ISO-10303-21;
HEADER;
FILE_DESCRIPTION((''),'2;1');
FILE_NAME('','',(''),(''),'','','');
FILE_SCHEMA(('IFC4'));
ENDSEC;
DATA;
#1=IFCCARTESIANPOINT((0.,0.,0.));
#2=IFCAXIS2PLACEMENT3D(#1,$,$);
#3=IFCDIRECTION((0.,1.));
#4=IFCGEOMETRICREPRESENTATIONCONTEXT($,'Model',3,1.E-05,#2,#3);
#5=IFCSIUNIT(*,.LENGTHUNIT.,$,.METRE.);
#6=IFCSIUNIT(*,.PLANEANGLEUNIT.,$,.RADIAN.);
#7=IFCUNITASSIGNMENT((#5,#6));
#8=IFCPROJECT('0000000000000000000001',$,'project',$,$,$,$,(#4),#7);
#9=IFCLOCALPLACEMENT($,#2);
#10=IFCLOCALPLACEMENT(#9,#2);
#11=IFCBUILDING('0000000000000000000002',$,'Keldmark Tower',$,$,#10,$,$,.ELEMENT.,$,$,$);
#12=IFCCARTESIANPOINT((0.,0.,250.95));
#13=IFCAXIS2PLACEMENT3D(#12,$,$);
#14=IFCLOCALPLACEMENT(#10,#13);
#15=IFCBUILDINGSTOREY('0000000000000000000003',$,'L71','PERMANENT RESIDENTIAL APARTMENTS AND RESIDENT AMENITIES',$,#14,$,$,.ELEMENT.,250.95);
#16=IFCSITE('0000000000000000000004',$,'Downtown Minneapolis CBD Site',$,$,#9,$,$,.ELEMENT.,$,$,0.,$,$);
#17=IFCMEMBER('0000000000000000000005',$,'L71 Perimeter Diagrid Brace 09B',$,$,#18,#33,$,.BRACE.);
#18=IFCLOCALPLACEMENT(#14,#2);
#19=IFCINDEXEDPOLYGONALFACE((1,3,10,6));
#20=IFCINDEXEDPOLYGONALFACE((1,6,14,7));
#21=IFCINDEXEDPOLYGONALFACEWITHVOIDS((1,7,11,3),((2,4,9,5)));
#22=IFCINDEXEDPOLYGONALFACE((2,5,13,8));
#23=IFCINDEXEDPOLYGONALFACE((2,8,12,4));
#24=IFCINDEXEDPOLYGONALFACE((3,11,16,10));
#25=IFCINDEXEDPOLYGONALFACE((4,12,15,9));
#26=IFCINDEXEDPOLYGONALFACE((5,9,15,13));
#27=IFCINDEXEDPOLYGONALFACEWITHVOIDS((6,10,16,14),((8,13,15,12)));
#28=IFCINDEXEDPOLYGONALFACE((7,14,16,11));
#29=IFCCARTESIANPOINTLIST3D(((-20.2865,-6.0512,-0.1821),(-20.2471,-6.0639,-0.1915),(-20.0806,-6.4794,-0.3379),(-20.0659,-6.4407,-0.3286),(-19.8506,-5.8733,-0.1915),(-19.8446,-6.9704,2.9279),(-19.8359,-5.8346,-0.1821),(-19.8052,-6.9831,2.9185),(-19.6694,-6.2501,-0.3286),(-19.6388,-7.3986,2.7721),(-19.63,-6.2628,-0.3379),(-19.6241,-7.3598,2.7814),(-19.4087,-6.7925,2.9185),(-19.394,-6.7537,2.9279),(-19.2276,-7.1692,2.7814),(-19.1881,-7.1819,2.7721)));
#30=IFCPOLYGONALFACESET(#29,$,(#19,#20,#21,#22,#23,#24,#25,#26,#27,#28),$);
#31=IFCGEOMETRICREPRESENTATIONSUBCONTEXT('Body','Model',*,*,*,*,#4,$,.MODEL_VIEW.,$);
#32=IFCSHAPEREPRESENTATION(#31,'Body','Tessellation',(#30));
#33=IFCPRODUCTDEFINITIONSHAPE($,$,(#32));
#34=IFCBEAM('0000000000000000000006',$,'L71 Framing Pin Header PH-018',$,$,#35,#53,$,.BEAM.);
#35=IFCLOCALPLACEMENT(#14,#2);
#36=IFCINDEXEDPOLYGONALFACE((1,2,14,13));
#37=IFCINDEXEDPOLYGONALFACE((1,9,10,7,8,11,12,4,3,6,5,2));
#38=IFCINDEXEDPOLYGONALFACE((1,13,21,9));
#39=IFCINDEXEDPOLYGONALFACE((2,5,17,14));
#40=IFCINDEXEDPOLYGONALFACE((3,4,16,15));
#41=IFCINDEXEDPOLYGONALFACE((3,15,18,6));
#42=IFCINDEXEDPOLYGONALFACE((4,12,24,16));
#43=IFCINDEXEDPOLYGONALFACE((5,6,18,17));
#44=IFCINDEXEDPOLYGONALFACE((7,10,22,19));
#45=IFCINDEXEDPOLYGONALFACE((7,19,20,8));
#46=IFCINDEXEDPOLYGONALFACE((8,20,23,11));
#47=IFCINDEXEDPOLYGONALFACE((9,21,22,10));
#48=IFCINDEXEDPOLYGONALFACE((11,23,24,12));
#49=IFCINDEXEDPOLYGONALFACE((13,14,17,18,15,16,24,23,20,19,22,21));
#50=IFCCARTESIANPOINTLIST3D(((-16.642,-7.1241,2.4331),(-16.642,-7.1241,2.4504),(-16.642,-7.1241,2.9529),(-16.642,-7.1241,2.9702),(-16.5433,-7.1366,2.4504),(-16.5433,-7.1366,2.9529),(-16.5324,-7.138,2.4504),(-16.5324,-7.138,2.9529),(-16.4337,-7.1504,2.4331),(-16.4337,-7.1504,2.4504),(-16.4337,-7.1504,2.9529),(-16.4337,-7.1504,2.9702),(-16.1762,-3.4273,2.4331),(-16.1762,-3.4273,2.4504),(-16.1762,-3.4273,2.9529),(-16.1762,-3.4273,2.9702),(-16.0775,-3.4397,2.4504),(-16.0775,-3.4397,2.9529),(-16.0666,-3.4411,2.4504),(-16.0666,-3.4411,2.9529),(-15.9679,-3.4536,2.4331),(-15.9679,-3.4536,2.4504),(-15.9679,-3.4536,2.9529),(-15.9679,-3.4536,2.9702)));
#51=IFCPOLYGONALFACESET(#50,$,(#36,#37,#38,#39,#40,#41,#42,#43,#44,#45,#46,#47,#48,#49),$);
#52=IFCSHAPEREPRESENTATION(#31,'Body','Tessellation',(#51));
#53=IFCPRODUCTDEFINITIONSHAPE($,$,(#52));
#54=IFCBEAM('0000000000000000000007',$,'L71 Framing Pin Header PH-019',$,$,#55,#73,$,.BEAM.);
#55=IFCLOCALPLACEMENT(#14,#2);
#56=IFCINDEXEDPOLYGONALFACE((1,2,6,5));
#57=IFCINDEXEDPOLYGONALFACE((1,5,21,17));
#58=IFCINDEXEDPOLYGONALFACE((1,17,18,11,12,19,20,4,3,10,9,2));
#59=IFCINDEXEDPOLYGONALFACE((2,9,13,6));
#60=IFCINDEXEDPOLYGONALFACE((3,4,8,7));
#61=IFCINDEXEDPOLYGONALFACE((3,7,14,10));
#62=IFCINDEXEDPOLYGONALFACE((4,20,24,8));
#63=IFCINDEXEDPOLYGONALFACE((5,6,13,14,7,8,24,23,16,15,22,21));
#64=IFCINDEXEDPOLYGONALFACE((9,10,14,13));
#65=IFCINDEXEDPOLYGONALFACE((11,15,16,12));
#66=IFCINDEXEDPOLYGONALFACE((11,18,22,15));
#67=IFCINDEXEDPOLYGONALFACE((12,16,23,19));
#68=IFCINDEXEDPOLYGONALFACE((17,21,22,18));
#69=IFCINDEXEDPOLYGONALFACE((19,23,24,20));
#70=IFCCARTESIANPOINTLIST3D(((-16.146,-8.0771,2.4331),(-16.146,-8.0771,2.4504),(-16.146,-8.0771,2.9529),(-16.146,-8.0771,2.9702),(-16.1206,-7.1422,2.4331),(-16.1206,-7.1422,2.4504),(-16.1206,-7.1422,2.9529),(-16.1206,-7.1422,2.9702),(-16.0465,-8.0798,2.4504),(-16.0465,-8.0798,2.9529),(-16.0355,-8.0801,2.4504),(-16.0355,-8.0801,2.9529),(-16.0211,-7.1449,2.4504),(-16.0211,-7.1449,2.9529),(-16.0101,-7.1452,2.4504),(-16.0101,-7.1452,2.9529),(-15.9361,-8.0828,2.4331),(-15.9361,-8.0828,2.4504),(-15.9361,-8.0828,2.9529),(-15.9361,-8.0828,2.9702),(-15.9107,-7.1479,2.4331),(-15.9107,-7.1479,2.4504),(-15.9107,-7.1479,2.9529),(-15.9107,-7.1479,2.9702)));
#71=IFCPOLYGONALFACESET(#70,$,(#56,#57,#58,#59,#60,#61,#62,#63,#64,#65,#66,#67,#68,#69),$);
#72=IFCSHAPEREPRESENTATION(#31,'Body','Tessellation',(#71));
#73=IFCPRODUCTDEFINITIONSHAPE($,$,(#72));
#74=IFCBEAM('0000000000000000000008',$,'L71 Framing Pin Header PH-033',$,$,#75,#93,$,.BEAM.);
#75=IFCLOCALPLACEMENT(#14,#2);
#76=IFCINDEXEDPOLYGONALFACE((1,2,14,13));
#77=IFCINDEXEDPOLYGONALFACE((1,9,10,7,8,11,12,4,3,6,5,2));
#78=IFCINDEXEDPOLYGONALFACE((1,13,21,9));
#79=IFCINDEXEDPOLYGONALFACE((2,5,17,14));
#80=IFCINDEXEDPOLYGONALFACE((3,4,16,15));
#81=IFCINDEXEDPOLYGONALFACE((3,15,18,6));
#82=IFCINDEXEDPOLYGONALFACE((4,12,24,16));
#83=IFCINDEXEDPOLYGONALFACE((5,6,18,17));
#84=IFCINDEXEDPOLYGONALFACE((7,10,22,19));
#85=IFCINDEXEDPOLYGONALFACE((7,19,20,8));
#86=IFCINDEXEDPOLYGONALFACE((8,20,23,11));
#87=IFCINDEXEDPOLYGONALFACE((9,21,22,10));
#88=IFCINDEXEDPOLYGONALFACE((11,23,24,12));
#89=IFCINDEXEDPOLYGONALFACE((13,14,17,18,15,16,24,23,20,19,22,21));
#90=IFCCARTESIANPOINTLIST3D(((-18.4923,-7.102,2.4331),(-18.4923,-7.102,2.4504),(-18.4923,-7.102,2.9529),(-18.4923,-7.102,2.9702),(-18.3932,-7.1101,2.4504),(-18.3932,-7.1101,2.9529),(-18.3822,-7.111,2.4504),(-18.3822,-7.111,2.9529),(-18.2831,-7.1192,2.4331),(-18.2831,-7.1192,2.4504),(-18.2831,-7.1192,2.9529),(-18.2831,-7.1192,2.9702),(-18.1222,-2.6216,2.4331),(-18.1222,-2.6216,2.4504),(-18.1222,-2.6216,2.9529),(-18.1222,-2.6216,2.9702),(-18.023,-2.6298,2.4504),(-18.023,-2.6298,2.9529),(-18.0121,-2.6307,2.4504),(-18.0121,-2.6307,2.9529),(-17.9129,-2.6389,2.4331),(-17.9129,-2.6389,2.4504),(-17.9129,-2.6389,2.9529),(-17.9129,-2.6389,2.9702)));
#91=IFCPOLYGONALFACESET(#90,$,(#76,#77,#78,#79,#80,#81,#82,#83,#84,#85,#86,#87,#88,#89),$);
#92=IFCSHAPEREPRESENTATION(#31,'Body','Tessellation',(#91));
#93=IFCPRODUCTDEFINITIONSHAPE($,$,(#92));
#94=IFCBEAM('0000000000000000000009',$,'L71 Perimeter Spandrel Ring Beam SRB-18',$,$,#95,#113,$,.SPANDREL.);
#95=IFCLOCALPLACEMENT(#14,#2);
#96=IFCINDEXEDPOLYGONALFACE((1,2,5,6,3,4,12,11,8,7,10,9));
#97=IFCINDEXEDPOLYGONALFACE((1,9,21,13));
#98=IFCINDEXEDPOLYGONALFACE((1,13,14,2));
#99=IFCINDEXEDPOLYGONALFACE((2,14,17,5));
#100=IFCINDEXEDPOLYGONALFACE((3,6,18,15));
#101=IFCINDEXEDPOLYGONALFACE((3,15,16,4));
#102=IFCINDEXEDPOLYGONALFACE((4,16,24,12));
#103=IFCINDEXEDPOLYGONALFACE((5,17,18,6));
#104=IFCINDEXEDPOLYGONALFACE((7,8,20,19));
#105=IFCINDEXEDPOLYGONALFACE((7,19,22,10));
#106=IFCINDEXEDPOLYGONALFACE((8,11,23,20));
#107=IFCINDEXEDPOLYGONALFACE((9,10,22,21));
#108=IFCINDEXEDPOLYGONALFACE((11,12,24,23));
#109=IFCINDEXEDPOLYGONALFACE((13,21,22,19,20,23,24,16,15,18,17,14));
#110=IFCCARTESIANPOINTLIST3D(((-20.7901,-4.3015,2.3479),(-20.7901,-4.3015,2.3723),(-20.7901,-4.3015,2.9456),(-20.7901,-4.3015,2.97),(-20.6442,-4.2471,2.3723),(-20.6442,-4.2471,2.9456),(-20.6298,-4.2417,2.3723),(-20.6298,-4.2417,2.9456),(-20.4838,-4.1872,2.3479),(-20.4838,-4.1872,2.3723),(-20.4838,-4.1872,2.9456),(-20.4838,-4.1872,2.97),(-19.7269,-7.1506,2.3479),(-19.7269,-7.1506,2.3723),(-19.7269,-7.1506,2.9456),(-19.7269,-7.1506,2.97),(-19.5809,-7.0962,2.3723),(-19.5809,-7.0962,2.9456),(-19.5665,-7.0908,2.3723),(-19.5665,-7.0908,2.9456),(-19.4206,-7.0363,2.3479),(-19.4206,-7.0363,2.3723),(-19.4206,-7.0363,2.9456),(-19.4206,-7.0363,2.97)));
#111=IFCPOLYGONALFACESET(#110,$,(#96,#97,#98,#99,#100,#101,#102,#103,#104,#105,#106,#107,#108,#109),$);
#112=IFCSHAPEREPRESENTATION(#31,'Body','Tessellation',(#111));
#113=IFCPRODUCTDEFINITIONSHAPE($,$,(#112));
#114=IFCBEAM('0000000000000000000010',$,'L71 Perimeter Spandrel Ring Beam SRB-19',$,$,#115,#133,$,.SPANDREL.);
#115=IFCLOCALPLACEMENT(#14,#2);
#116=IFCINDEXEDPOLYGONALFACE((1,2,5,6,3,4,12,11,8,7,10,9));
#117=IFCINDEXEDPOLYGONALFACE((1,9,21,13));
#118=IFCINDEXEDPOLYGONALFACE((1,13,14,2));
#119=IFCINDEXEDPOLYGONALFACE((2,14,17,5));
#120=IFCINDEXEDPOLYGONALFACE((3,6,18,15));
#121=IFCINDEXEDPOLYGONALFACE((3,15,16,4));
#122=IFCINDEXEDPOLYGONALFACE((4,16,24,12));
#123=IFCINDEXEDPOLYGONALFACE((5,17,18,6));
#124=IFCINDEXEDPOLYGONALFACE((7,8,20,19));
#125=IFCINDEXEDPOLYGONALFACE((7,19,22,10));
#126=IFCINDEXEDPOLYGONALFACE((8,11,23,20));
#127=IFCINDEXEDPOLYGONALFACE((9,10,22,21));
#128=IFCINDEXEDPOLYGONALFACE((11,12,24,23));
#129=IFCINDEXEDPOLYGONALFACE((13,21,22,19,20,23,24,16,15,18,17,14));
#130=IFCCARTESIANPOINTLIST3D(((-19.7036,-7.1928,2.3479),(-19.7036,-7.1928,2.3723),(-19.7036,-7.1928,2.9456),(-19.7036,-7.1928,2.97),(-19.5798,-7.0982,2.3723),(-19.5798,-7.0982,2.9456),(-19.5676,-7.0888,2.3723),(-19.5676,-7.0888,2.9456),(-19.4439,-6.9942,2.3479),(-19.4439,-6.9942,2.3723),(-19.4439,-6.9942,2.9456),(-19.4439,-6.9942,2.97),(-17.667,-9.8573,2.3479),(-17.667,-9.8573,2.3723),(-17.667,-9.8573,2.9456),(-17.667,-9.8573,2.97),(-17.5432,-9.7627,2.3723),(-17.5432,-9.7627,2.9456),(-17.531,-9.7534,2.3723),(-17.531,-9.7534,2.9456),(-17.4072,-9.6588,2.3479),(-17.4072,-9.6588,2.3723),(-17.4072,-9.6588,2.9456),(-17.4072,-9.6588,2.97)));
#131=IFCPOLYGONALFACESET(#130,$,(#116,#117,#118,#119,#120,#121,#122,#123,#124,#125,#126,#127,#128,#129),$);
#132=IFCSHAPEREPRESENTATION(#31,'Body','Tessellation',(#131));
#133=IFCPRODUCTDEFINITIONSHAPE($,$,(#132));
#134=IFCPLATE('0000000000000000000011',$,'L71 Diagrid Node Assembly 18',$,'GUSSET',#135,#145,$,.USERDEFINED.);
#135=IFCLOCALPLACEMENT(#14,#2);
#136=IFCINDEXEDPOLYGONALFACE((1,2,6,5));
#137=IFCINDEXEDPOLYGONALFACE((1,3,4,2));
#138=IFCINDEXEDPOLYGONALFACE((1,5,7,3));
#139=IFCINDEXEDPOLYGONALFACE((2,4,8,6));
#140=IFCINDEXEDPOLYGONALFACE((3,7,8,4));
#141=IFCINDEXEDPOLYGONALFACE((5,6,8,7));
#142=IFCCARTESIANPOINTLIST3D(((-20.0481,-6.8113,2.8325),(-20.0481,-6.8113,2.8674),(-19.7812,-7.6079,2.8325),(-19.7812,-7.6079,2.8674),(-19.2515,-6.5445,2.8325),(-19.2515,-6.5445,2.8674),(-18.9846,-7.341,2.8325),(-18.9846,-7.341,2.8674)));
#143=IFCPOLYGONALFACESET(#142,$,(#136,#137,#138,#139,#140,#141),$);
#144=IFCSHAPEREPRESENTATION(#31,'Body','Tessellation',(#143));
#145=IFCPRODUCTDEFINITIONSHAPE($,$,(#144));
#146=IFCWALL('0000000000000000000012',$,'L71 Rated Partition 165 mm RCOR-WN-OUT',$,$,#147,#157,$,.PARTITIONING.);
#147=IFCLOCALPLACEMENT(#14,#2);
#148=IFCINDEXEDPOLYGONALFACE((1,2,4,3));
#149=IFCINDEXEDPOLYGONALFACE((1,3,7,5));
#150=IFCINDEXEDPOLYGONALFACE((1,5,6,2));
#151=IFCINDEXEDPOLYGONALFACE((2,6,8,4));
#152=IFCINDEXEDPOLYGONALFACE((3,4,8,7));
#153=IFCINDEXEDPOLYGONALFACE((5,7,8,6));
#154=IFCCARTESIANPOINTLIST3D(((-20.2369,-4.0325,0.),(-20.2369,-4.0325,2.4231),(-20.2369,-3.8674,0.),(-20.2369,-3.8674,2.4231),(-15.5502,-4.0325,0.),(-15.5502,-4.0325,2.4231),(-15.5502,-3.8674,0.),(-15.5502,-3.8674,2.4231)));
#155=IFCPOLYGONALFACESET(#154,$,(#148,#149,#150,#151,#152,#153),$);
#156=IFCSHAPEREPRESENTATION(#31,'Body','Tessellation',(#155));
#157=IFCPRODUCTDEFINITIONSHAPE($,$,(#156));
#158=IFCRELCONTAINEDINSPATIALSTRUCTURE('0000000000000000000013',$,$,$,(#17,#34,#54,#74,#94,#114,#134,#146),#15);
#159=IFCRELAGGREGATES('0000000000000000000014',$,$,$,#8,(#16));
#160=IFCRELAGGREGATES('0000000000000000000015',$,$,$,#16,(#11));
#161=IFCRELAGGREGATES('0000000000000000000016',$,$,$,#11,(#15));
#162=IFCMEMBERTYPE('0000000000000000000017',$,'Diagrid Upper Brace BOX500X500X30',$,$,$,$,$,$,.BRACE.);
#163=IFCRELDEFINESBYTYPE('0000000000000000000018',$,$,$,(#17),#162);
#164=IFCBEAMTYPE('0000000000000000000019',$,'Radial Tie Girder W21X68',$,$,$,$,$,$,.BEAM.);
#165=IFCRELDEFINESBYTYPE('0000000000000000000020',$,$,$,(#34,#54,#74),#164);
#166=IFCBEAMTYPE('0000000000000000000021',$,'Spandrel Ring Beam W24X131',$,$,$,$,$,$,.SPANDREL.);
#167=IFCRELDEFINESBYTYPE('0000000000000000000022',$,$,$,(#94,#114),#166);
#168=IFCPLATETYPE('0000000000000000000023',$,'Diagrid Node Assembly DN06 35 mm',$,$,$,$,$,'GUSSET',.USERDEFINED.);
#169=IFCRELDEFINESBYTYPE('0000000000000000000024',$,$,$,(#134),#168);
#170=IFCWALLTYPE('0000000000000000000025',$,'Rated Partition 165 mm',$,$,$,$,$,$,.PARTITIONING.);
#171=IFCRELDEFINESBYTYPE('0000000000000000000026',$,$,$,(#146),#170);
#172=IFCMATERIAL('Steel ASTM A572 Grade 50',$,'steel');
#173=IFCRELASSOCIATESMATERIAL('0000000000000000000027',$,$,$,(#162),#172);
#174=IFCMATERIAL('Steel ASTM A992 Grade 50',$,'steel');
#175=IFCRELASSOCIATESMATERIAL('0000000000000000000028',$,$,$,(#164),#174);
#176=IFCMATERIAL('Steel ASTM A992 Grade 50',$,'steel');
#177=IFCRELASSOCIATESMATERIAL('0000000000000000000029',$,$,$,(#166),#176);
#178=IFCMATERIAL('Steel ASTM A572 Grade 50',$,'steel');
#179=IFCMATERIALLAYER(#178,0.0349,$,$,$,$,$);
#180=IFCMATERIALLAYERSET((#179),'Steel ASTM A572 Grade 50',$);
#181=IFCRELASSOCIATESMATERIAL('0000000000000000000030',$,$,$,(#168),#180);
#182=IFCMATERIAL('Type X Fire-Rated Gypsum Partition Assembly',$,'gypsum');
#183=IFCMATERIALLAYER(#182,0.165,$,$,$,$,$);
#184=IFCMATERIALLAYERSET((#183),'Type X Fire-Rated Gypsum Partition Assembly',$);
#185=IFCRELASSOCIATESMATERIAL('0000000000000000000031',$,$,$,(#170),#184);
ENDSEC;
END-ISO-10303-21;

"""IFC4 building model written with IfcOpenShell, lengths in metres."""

from ifc_helpers import new_model, si_unit, direction, frame, frame_2d, origin, origin_2d, place, context, subcontext, project, spatial, rectangle, hollow_rectangle, i_section, extrude, material, layer, layer_set, material_profile, profile_set, type_object, element, save


model = new_model("IFC4")

# Units and contexts
model_context = context("Model", 3, precision=1e-05, world=origin(), true_north=direction((0.0, 1.0)))
body_context = subcontext(model_context, "Body", "Model", "MODEL_VIEW")
ifc_project = project(units=[si_unit("LENGTHUNIT", "METRE"), si_unit("PLANEANGLEUNIT", "RADIAN")], contexts=[model_context])

# Site, building, storey
site_placement = place(None, origin())
site = spatial("IfcSite", under=ifc_project, at=site_placement, Name="Downtown Minneapolis CBD Site", CompositionType="ELEMENT", RefElevation=0.0)
building_placement = place(site_placement, origin())
building = spatial("IfcBuilding", under=site, at=building_placement, Name="Keldmark Tower", CompositionType="ELEMENT")
storey_placement = place(building_placement, frame((0.0, 0.0, 250.95)))
storey = spatial("IfcBuildingStorey", under=building, at=storey_placement, Name="L71", Description="PERMANENT RESIDENTIAL APARTMENTS AND RESIDENT AMENITIES", CompositionType="ELEMENT", Elevation=250.95)

# Member
ifc_material_1 = material(Name="Steel ASTM A572 Grade 50", Category="steel")
ifc_material_profile_1 = material_profile(ifc_material_1, hollow_rectangle(XDim=0.5, YDim=0.5, WallThickness=0.03, at=origin_2d()), Name="BOX500X500X30")
ifc_profile_set_1 = profile_set([ifc_material_profile_1], Name="Steel ASTM A572 Grade 50")
member_type = type_object("IfcMemberType", Name="Diagrid Upper Brace BOX500X500X30", PredefinedType="BRACE", material=ifc_profile_set_1)
member_placement = place(storey_placement, frame((-19.9583, -6.157, -0.26), z_axis=(0.135009, -0.280835, 0.950213), x_axis=(0.901261, 0.433276, 0.0)))
element("IfcMember", 1, at=member_placement, inside=storey, type_object=member_type, Name="L71 Perimeter Diagrid Brace 09B", PredefinedType="BRACE", context=body_context, shape_type="SweptSolid", body=[
    extrude(hollow_rectangle(XDim=0.5, YDim=0.5, WallThickness=0.03, at=origin_2d()), origin(), (0.0, 0.0, 1.0), 3.2729),
])

# Beams
ifc_material_2 = material(Name="Steel ASTM A992 Grade 50", Category="steel")
ifc_material_profile_2 = material_profile(ifc_material_2, i_section(OverallWidth=0.21, OverallDepth=0.5371, WebThickness=0.011, FlangeThickness=0.0173, at=origin_2d()), Name="W21X68")
ifc_profile_set_2 = profile_set([ifc_material_profile_2], Name="Steel ASTM A992 Grade 50")
beam_type_1 = type_object("IfcBeamType", Name="Radial Tie Girder W21X68", PredefinedType="BEAM", material=ifc_profile_set_2)
beam_1_placement = place(storey_placement, frame((-16.072, -3.4404, 2.7017), z_axis=(-0.125019, -0.992154, 0.0), x_axis=(0.992154, -0.125019, 0.0)))
element("IfcBeam", 2, at=beam_1_placement, inside=storey, type_object=beam_type_1, Name="L71 Framing Pin Header PH-018", PredefinedType="BEAM", context=body_context, shape_type="SweptSolid", body=[
    extrude(i_section(OverallWidth=0.21, OverallDepth=0.5371, WebThickness=0.011, FlangeThickness=0.0173, at=origin_2d()), origin(), (0.0, 0.0, 1.0), 3.7261),
])
beam_2_placement = place(storey_placement, frame((-16.0156, -7.145, 2.7017), z_axis=(-0.027144, -0.999632, 0.0), x_axis=(0.999632, -0.027144, 0.0)))
element("IfcBeam", 3, at=beam_2_placement, inside=storey, type_object=beam_type_1, Name="L71 Framing Pin Header PH-019", PredefinedType="BEAM", context=body_context, shape_type="SweptSolid", body=[
    extrude(i_section(OverallWidth=0.21, OverallDepth=0.5371, WebThickness=0.011, FlangeThickness=0.0173, at=origin_2d()), origin(), (0.0, 0.0, 1.0), 0.9353),
])
beam_3_placement = place(storey_placement, frame((-18.3877, -7.1106, 2.7017), z_axis=(0.082331, 0.996605, 0.0), x_axis=(-0.996605, 0.082331, 0.0)))
element("IfcBeam", 4, at=beam_3_placement, inside=storey, type_object=beam_type_1, Name="L71 Framing Pin Header PH-033", PredefinedType="BEAM", context=body_context, shape_type="SweptSolid", body=[
    extrude(i_section(OverallWidth=0.21, OverallDepth=0.5371, WebThickness=0.011, FlangeThickness=0.0173, at=origin_2d()), origin(), (0.0, 0.0, 1.0), 4.4956),
])
ifc_material_3 = material(Name="Steel ASTM A992 Grade 50", Category="steel")
ifc_material_profile_3 = material_profile(ifc_material_3, i_section(OverallWidth=0.3269, OverallDepth=0.6221, WebThickness=0.0154, FlangeThickness=0.0244, at=origin_2d()), Name="W24X131")
ifc_profile_set_3 = profile_set([ifc_material_profile_3], Name="Steel ASTM A992 Grade 50")
beam_type_2 = type_object("IfcBeamType", Name="Spandrel Ring Beam W24X131", PredefinedType="SPANDREL", material=ifc_profile_set_3)
beam_4_placement = place(storey_placement, frame((-20.637, -4.2444, 2.6589), z_axis=(0.349627, -0.936889, 0.0), x_axis=(0.936889, 0.349627, 0.0)))
element("IfcBeam", 5, at=beam_4_placement, inside=storey, type_object=beam_type_2, Name="L71 Perimeter Spandrel Ring Beam SRB-18", PredefinedType="SPANDREL", context=body_context, shape_type="SweptSolid", body=[
    extrude(i_section(OverallWidth=0.3269, OverallDepth=0.6221, WebThickness=0.0154, FlangeThickness=0.0244, at=origin_2d()), origin(), (0.0, 0.0, 1.0), 3.041),
])
beam_5_placement = place(storey_placement, frame((-19.5737, -7.0935, 2.6589), z_axis=(0.607266, -0.794498, 0.0), x_axis=(0.794498, 0.607266, 0.0)))
element("IfcBeam", 6, at=beam_5_placement, inside=storey, type_object=beam_type_2, Name="L71 Perimeter Spandrel Ring Beam SRB-19", PredefinedType="SPANDREL", context=body_context, shape_type="SweptSolid", body=[
    extrude(i_section(OverallWidth=0.3269, OverallDepth=0.6221, WebThickness=0.0154, FlangeThickness=0.0244, at=origin_2d()), origin(), (0.0, 0.0, 1.0), 3.3538),
])

# Plate
ifc_material_4 = material(Name="Steel ASTM A572 Grade 50", Category="steel")
ifc_layer_1 = layer(ifc_material_4, 0.0349)
ifc_layer_set_1 = layer_set([ifc_layer_1], Name="Steel ASTM A572 Grade 50")
plate_type = type_object("IfcPlateType", Name="Diagrid Node Assembly DN06 35 mm", ElementType="GUSSET", PredefinedType="USERDEFINED", material=ifc_layer_set_1)
plate_placement = place(storey_placement, frame((-19.5164, -7.0762, 2.8325), z_axis=(0.0, 0.0, 1.0), x_axis=(0.317636, -0.948213, 0.0)))
element("IfcPlate", 7, at=plate_placement, inside=storey, type_object=plate_type, Name="L71 Diagrid Node Assembly 18", ObjectType="GUSSET", PredefinedType="USERDEFINED", context=body_context, shape_type="SweptSolid", body=[
    extrude(rectangle(XDim=0.8401, YDim=0.8401, at=origin_2d()), origin(), (0.0, 0.0, 1.0), 0.0349),
])

# Shared definitions
ifc_material_5 = material(Name="Type X Fire-Rated Gypsum Partition Assembly", Category="gypsum")
ifc_layer_2 = layer(ifc_material_5, 0.165)
ifc_layer_set_2 = layer_set([ifc_layer_2], Name="Type X Fire-Rated Gypsum Partition Assembly")
wall_type_1 = type_object("IfcWallType", Name="Rated Partition 165 mm", PredefinedType="PARTITIONING", material=ifc_layer_set_2)

# Wall
wall_1_placement = place(storey_placement, frame((-20.2368, -3.95, 0.0), z_axis=(0.0, 0.0, 1.0), x_axis=(1.0, 0.0, 0.0)))
element("IfcWall", 8, at=wall_1_placement, inside=storey, type_object=wall_type_1, Name="L71 Rated Partition 165 mm RCOR-WN-OUT", PredefinedType="PARTITIONING", context=body_context, shape_type="SweptSolid", body=[
    extrude(rectangle(XDim=4.6868, YDim=0.165, at=frame_2d((2.3433, 0.0))), origin(), (0.0, 0.0, 1.0), 2.4231),
])

save(model, "model.ifc")
